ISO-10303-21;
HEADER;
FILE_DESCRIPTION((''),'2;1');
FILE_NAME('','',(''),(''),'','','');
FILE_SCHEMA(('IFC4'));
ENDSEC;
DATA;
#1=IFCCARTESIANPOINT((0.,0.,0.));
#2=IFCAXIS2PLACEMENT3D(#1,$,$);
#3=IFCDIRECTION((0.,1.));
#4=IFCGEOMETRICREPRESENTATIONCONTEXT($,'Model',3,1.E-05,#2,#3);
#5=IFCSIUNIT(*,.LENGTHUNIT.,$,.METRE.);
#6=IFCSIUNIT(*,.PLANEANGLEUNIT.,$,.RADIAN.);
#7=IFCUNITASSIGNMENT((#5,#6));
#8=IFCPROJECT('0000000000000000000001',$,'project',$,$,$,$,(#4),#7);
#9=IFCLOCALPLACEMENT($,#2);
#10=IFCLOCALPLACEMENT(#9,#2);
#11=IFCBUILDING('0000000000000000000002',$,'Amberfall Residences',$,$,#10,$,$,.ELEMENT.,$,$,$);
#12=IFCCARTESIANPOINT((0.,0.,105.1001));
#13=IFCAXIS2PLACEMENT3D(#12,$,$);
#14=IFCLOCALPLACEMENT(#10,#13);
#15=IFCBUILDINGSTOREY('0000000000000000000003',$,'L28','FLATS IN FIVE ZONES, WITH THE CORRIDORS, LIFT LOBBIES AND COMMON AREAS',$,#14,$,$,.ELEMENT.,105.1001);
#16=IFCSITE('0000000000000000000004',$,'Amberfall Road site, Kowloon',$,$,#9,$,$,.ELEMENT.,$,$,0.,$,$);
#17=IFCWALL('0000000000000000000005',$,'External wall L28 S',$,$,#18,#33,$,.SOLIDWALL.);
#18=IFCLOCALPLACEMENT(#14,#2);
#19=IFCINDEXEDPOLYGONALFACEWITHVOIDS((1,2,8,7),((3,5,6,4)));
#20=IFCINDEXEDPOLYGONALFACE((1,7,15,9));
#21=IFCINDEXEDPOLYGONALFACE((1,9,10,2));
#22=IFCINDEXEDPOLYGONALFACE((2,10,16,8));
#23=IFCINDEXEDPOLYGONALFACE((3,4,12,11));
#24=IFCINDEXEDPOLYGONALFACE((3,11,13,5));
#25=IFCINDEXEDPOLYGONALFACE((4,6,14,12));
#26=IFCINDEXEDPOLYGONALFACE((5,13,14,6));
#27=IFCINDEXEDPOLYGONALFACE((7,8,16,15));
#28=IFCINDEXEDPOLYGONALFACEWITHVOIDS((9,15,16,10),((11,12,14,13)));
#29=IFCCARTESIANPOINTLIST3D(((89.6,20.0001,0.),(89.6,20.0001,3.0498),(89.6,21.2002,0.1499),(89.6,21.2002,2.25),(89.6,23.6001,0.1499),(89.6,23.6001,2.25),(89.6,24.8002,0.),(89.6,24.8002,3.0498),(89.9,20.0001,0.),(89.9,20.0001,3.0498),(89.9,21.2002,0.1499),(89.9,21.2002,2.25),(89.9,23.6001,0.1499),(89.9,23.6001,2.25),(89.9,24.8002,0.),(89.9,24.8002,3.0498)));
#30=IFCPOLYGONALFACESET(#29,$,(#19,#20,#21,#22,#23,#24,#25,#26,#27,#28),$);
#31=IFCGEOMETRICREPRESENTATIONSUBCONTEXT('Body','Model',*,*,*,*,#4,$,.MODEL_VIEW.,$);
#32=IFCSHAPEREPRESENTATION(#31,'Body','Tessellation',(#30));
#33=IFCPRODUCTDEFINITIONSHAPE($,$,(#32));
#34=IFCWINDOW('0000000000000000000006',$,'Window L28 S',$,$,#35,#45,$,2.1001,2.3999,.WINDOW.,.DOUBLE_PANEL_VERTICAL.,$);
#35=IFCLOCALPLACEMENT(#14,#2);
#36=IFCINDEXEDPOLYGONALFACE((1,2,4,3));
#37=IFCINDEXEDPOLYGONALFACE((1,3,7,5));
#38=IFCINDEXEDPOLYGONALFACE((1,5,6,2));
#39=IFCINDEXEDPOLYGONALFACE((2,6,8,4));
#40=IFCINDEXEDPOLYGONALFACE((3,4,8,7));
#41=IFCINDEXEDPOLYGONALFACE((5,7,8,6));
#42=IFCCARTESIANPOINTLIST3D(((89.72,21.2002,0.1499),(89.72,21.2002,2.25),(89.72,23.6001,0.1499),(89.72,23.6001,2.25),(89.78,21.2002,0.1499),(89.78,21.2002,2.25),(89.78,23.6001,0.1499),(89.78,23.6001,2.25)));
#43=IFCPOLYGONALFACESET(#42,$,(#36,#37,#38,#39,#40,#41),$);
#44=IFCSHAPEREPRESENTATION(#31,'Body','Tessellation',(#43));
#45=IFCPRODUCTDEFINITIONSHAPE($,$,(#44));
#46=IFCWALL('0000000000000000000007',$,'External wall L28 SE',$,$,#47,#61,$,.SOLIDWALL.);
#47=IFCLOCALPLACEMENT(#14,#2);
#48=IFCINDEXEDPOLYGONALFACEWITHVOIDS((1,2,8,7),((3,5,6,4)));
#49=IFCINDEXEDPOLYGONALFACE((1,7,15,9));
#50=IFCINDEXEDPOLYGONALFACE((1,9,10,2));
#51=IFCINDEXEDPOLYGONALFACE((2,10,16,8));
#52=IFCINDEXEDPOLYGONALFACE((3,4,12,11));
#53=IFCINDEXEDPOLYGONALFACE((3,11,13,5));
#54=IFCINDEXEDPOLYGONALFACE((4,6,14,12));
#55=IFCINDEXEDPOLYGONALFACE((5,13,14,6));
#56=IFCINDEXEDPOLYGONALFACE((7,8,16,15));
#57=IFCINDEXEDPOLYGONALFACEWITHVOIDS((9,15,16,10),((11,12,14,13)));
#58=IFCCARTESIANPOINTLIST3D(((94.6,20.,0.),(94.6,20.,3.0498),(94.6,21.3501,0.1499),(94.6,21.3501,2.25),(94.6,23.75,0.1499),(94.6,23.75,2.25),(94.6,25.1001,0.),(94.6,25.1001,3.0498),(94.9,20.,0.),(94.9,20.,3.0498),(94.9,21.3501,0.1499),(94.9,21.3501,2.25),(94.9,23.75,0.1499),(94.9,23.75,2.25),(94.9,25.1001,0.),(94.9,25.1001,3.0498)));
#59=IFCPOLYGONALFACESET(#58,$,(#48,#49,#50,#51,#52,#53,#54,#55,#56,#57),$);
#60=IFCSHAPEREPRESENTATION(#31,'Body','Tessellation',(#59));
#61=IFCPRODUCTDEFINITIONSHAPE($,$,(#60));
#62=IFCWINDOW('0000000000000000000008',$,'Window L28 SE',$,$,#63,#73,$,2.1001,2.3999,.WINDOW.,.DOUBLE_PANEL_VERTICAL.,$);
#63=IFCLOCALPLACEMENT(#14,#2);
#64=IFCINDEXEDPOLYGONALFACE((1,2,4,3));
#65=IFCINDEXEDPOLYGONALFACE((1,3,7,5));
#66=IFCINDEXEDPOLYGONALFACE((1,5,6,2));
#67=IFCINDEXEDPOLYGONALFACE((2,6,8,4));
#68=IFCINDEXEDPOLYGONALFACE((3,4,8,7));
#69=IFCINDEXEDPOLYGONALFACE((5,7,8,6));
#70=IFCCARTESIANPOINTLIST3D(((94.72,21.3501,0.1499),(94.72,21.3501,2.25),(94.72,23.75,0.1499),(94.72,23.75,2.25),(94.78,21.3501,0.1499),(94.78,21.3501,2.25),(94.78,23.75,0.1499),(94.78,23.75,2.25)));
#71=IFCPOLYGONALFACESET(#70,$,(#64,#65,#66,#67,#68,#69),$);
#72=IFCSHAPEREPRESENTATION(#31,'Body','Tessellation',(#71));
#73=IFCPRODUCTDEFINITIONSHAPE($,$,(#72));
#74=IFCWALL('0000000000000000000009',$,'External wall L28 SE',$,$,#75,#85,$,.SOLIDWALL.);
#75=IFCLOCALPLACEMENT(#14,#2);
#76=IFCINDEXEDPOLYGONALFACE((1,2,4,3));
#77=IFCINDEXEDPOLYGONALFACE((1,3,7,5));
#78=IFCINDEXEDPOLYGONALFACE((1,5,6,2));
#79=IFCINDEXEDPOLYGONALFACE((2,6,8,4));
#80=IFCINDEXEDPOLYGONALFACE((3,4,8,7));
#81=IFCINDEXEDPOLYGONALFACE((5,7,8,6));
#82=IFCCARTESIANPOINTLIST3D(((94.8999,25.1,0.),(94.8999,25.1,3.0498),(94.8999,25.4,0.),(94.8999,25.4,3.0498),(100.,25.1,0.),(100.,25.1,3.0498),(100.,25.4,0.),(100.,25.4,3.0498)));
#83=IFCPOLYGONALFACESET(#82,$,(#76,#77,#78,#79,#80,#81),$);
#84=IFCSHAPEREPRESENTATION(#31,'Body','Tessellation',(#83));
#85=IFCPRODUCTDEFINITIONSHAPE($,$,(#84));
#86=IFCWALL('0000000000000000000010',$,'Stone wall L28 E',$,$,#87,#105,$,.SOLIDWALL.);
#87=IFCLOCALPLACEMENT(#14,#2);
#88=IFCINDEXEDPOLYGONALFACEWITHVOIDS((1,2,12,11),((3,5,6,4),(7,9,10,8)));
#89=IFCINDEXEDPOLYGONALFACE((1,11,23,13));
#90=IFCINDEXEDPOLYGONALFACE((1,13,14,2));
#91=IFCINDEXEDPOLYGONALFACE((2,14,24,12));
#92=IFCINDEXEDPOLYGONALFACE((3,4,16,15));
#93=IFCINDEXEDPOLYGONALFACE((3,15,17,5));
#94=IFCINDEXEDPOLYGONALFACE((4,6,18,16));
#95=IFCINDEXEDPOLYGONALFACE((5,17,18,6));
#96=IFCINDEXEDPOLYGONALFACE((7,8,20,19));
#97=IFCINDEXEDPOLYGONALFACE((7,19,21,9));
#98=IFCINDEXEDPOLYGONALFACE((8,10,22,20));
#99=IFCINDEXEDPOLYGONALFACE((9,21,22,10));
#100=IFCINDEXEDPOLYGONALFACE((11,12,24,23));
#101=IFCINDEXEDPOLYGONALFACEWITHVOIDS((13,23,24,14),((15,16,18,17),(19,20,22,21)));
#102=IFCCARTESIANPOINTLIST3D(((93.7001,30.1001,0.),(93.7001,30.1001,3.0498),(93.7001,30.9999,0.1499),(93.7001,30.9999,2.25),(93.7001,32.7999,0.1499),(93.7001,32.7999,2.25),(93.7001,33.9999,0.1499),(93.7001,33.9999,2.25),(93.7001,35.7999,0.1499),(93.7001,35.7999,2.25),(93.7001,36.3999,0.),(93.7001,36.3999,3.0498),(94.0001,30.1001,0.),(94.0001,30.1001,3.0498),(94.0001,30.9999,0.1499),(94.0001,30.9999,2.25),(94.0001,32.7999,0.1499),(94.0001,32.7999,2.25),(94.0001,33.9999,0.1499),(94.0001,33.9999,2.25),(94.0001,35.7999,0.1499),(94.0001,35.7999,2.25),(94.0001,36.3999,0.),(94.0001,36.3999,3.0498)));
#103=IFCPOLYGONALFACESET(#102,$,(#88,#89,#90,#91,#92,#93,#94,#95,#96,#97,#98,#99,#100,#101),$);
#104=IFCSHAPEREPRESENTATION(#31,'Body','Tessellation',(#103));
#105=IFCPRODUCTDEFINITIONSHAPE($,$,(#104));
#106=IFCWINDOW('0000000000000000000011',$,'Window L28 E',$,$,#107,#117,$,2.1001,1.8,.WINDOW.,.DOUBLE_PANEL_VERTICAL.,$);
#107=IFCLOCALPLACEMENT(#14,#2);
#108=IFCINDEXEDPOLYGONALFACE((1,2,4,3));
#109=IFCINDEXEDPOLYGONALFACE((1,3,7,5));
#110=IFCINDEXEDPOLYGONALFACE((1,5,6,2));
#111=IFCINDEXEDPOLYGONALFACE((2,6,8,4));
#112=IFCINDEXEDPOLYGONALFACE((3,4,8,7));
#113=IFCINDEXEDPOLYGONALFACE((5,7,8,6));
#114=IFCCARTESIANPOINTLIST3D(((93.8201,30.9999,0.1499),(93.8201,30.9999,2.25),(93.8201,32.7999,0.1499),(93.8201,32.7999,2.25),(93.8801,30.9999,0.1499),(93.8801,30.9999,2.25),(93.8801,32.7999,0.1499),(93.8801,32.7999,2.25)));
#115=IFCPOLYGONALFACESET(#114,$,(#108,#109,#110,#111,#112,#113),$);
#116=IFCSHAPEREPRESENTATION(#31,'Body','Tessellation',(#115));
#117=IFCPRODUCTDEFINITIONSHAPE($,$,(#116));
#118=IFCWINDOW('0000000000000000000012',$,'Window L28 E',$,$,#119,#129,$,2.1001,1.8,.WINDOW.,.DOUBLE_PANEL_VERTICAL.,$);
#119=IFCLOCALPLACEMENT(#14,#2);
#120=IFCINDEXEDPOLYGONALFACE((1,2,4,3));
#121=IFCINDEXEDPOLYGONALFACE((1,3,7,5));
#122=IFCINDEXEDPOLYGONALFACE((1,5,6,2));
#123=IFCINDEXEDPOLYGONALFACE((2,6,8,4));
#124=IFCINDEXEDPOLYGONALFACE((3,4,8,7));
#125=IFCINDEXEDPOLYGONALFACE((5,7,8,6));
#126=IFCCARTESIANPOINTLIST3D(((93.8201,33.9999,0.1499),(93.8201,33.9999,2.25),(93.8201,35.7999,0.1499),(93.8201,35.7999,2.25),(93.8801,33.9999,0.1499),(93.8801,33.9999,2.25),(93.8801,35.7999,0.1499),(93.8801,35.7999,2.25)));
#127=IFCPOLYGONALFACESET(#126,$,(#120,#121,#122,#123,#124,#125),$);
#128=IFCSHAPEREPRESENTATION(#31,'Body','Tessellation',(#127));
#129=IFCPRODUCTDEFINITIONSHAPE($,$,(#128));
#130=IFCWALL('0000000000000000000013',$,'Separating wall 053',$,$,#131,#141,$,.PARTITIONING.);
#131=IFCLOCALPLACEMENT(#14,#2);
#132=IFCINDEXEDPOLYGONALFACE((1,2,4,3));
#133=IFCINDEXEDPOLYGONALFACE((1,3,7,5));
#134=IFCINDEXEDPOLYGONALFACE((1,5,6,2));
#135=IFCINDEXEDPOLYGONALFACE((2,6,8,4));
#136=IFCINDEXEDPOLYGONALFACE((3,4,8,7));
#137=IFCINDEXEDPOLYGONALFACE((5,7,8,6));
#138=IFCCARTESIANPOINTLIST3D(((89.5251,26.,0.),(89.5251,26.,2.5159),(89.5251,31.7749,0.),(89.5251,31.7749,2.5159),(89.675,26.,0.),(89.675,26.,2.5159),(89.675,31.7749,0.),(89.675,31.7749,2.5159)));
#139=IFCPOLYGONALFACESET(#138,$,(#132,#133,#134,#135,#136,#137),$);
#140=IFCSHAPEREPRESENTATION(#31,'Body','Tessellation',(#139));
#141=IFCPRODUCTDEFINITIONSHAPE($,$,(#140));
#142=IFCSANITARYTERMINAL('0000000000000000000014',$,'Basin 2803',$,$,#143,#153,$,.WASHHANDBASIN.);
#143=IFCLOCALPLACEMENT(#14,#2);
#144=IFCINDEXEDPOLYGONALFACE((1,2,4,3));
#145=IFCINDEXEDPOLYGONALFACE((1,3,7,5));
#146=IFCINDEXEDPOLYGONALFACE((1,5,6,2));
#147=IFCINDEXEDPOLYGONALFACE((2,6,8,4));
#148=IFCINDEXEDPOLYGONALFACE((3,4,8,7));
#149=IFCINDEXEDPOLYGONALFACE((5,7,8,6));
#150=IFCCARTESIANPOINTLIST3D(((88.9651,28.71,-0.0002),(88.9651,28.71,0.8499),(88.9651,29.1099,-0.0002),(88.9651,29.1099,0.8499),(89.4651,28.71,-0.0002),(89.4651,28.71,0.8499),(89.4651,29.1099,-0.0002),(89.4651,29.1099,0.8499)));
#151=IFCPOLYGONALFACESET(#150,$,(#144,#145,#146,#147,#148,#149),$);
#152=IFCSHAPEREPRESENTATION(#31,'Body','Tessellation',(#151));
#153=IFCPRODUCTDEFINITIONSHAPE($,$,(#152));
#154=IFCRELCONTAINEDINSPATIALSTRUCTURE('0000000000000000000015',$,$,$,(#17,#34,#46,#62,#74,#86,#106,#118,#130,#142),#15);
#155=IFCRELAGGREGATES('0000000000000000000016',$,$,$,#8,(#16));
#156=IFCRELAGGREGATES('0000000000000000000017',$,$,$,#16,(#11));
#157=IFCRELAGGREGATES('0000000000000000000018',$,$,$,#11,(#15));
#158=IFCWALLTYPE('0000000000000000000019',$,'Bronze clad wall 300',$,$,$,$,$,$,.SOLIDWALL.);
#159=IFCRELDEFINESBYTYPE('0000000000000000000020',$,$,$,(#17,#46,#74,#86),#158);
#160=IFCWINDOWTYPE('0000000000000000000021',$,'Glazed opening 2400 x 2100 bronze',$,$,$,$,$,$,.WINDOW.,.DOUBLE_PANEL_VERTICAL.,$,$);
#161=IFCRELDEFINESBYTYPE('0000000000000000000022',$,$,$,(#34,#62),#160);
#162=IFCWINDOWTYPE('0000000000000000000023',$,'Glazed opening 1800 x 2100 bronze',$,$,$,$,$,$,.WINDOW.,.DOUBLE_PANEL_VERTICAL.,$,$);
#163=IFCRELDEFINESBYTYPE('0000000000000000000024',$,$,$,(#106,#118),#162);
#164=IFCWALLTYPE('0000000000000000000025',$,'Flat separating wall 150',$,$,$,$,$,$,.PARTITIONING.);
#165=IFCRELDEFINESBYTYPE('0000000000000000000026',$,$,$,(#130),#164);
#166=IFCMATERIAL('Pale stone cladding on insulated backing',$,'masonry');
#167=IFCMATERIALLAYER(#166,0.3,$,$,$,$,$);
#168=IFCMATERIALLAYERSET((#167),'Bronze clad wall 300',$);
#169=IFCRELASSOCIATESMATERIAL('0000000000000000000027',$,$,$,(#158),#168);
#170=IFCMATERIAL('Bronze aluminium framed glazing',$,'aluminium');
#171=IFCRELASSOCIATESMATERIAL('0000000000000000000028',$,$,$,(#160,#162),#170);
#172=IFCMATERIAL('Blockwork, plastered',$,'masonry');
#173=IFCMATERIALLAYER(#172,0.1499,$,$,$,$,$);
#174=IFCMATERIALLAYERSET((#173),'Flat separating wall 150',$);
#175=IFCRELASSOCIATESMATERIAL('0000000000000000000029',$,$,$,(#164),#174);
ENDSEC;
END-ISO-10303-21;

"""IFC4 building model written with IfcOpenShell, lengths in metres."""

from ifc_helpers import new_model, si_unit, direction, frame, frame_2d, origin, origin_2d, place, context, subcontext, project, spatial, rectangle, extrude, material, layer, layer_set, type_object, element, fill, save


model = new_model("IFC4")

# Units and contexts
model_context = context("Model", 3, precision=1e-05, world=origin(), true_north=direction((0.0, 1.0)))
body_context = subcontext(model_context, "Body", "Model", "MODEL_VIEW")
ifc_project = project(units=[si_unit("LENGTHUNIT", "METRE"), si_unit("PLANEANGLEUNIT", "RADIAN")], contexts=[model_context])

# Site, building, storey
site_placement = place(None, origin())
site = spatial("IfcSite", under=ifc_project, at=site_placement, Name="Amberfall Road site, Kowloon", CompositionType="ELEMENT", RefElevation=0.0)
building_placement = place(site_placement, origin())
building = spatial("IfcBuilding", under=site, at=building_placement, Name="Amberfall Residences", CompositionType="ELEMENT")
storey_placement = place(building_placement, frame((0.0, 0.0, 105.1001)))
storey = spatial("IfcBuildingStorey", under=building, at=storey_placement, Name="L28", Description="FLATS IN FIVE ZONES, WITH THE CORRIDORS, LIFT LOBBIES AND COMMON AREAS", CompositionType="ELEMENT", Elevation=105.1001)

# Walls, openings, windows
ifc_material_1 = material(Name="Pale stone cladding on insulated backing", Category="masonry")
ifc_layer_1 = layer(ifc_material_1, 0.3)
ifc_layer_set_1 = layer_set([ifc_layer_1], Name="Bronze clad wall 300")
wall_type_1 = type_object("IfcWallType", Name="Bronze clad wall 300", PredefinedType="SOLIDWALL", material=ifc_layer_set_1)
wall_1_placement = place(storey_placement, frame((89.75, 24.8, 0.0), z_axis=(0.0, 0.0, 1.0), x_axis=(0.0, -1.0, 0.0)))
wall_1 = element("IfcWall", 1, at=wall_1_placement, inside=storey, type_object=wall_type_1, Name="External wall L28 S", PredefinedType="SOLIDWALL", context=body_context, shape_type="SweptSolid", body=[
    extrude(rectangle(XDim=4.8, YDim=0.3, at=frame_2d((2.3999, 0.0))), origin(), (0.0, 0.0, 1.0), 3.0498),
])
opening_1_placement = place(wall_1_placement, frame((1.2, 0.0, 0.1499)))
opening_1 = element("IfcOpeningElement", 2, at=opening_1_placement, cuts=wall_1, PredefinedType="OPENING", context=body_context, shape_type="SweptSolid", body=[
    extrude(rectangle(XDim=2.3999, YDim=2.1001, at=frame_2d((1.2, 1.05))), frame((0.0, 0.1599, 0.0), z_axis=(0.0, -1.0, 0.0), x_axis=(1.0, 0.0, 0.0)), (0.0, 0.0, 1.0), 0.3201),
])
ifc_material_2 = material(Name="Bronze aluminium framed glazing", Category="aluminium")
window_type_1 = type_object("IfcWindowType", Name="Glazed opening 2400 x 2100 bronze", PartitioningType="DOUBLE_PANEL_VERTICAL", PredefinedType="WINDOW", material=ifc_material_2)
window_1_placement = place(opening_1_placement, origin())
window_1 = element("IfcWindow", 3, at=window_1_placement, inside=storey, type_object=window_type_1, Name="Window L28 S", OverallHeight=2.1001, OverallWidth=2.3999, PartitioningType="DOUBLE_PANEL_VERTICAL", PredefinedType="WINDOW", context=body_context, shape_type="SweptSolid", body=[
    extrude(rectangle(XDim=2.3999, YDim=2.1001, at=frame_2d((1.2, 1.05))), frame((0.0, 0.03, 0.0), z_axis=(0.0, -1.0, 0.0), x_axis=(1.0, 0.0, 0.0)), (0.0, 0.0, 1.0), 0.0601),
])
fill(opening_1, window_1)
wall_2_placement = place(storey_placement, frame((94.75, 20.0, 0.0), z_axis=(0.0, 0.0, 1.0), x_axis=(0.0, 1.0, 0.0)))
wall_2 = element("IfcWall", 4, at=wall_2_placement, inside=storey, type_object=wall_type_1, Name="External wall L28 SE", PredefinedType="SOLIDWALL", context=body_context, shape_type="SweptSolid", body=[
    extrude(rectangle(XDim=5.1001, YDim=0.3, at=frame_2d((2.55, 0.0))), origin(), (0.0, 0.0, 1.0), 3.0498),
])
opening_2_placement = place(wall_2_placement, frame((1.3501, 0.0, 0.1499)))
opening_2 = element("IfcOpeningElement", 5, at=opening_2_placement, cuts=wall_2, PredefinedType="OPENING", context=body_context, shape_type="SweptSolid", body=[
    extrude(rectangle(XDim=2.3999, YDim=2.1001, at=frame_2d((1.2, 1.05))), frame((0.0, 0.1599, 0.0), z_axis=(0.0, -1.0, 0.0), x_axis=(1.0, 0.0, 0.0)), (0.0, 0.0, 1.0), 0.3201),
])
window_2_placement = place(opening_2_placement, origin())
window_2 = element("IfcWindow", 6, at=window_2_placement, inside=storey, type_object=window_type_1, Name="Window L28 SE", OverallHeight=2.1001, OverallWidth=2.3999, PartitioningType="DOUBLE_PANEL_VERTICAL", PredefinedType="WINDOW", context=body_context, shape_type="SweptSolid", body=[
    extrude(rectangle(XDim=2.3999, YDim=2.1001, at=frame_2d((1.2, 1.05))), frame((0.0, 0.03, 0.0), z_axis=(0.0, -1.0, 0.0), x_axis=(1.0, 0.0, 0.0)), (0.0, 0.0, 1.0), 0.0601),
])
fill(opening_2, window_2)

# Wall
wall_3_placement = place(storey_placement, frame((94.8999, 25.25, 0.0), z_axis=(0.0, 0.0, 1.0), x_axis=(1.0, 0.0, 0.0)))
element("IfcWall", 7, at=wall_3_placement, inside=storey, type_object=wall_type_1, Name="External wall L28 SE", PredefinedType="SOLIDWALL", context=body_context, shape_type="SweptSolid", body=[
    extrude(rectangle(XDim=5.1001, YDim=0.3, at=frame_2d((2.55, 0.0))), origin(), (0.0, 0.0, 1.0), 3.0498),
])

# Wall, openings, windows
wall_4_placement = place(storey_placement, frame((93.8501, 30.1001, 0.0), z_axis=(0.0, 0.0, 1.0), x_axis=(0.0, 1.0, 0.0)))
wall_4 = element("IfcWall", 8, at=wall_4_placement, inside=storey, type_object=wall_type_1, Name="Stone wall L28 E", PredefinedType="SOLIDWALL", context=body_context, shape_type="SweptSolid", body=[
    extrude(rectangle(XDim=6.2998, YDim=0.3, at=frame_2d((3.1499, 0.0))), origin(), (0.0, 0.0, 1.0), 3.0498),
])
opening_3_placement = place(wall_4_placement, frame((0.8999, 0.0, 0.1499)))
opening_3 = element("IfcOpeningElement", 9, at=opening_3_placement, cuts=wall_4, PredefinedType="OPENING", context=body_context, shape_type="SweptSolid", body=[
    extrude(rectangle(XDim=1.8, YDim=2.1001, at=frame_2d((0.8999, 1.05))), frame((0.0, 0.1599, 0.0), z_axis=(0.0, -1.0, 0.0), x_axis=(1.0, 0.0, 0.0)), (0.0, 0.0, 1.0), 0.3201),
])
opening_4_placement = place(wall_4_placement, frame((3.8999, 0.0, 0.1499)))
opening_4 = element("IfcOpeningElement", 10, at=opening_4_placement, cuts=wall_4, PredefinedType="OPENING", context=body_context, shape_type="SweptSolid", body=[
    extrude(rectangle(XDim=1.8, YDim=2.1001, at=frame_2d((0.8999, 1.05))), frame((0.0, 0.1599, 0.0), z_axis=(0.0, -1.0, 0.0), x_axis=(1.0, 0.0, 0.0)), (0.0, 0.0, 1.0), 0.3201),
])
window_type_2 = type_object("IfcWindowType", Name="Glazed opening 1800 x 2100 bronze", PartitioningType="DOUBLE_PANEL_VERTICAL", PredefinedType="WINDOW", material=ifc_material_2)
window_3_placement = place(opening_3_placement, origin())
window_3 = element("IfcWindow", 11, at=window_3_placement, inside=storey, type_object=window_type_2, Name="Window L28 E", OverallHeight=2.1001, OverallWidth=1.8, PartitioningType="DOUBLE_PANEL_VERTICAL", PredefinedType="WINDOW", context=body_context, shape_type="SweptSolid", body=[
    extrude(rectangle(XDim=1.8, YDim=2.1001, at=frame_2d((0.8999, 1.05))), frame((0.0, 0.03, 0.0), z_axis=(0.0, -1.0, 0.0), x_axis=(1.0, 0.0, 0.0)), (0.0, 0.0, 1.0), 0.0601),
])
fill(opening_3, window_3)
window_4_placement = place(opening_4_placement, origin())
window_4 = element("IfcWindow", 12, at=window_4_placement, inside=storey, type_object=window_type_2, Name="Window L28 E", OverallHeight=2.1001, OverallWidth=1.8, PartitioningType="DOUBLE_PANEL_VERTICAL", PredefinedType="WINDOW", context=body_context, shape_type="SweptSolid", body=[
    extrude(rectangle(XDim=1.8, YDim=2.1001, at=frame_2d((0.8999, 1.05))), frame((0.0, 0.03, 0.0), z_axis=(0.0, -1.0, 0.0), x_axis=(1.0, 0.0, 0.0)), (0.0, 0.0, 1.0), 0.0601),
])
fill(opening_4, window_4)

# Wall
ifc_material_3 = material(Name="Blockwork, plastered", Category="masonry")
ifc_layer_2 = layer(ifc_material_3, 0.1499)
ifc_layer_set_2 = layer_set([ifc_layer_2], Name="Flat separating wall 150")
wall_type_2 = type_object("IfcWallType", Name="Flat separating wall 150", PredefinedType="PARTITIONING", material=ifc_layer_set_2)
wall_5_placement = place(storey_placement, frame((89.6001, 26.0, 0.0), z_axis=(0.0, 0.0, 1.0), x_axis=(0.0, 1.0, 0.0)))
element("IfcWall", 13, at=wall_5_placement, inside=storey, type_object=wall_type_2, Name="Separating wall 053", PredefinedType="PARTITIONING", context=body_context, shape_type="SweptSolid", body=[
    extrude(rectangle(XDim=5.7749, YDim=0.1499, at=frame_2d((2.8875, 0.0))), origin(), (0.0, 0.0, 1.0), 2.5159),
])

# Sanitary terminal
sanitary_terminal_placement = place(storey_placement, frame((89.2151, 28.9099, -0.0002), z_axis=(0.0, 0.0, 1.0), x_axis=(1.0, 0.0, 0.0)))
element("IfcSanitaryTerminal", 14, at=sanitary_terminal_placement, inside=storey, Name="Basin 2803", PredefinedType="WASHHANDBASIN", context=body_context, shape_type="SweptSolid", body=[
    extrude(rectangle(XDim=0.5, YDim=0.3999, at=origin_2d()), origin(), (0.0, 0.0, 1.0), 0.8501),
])

save(model, "model.ifc")
